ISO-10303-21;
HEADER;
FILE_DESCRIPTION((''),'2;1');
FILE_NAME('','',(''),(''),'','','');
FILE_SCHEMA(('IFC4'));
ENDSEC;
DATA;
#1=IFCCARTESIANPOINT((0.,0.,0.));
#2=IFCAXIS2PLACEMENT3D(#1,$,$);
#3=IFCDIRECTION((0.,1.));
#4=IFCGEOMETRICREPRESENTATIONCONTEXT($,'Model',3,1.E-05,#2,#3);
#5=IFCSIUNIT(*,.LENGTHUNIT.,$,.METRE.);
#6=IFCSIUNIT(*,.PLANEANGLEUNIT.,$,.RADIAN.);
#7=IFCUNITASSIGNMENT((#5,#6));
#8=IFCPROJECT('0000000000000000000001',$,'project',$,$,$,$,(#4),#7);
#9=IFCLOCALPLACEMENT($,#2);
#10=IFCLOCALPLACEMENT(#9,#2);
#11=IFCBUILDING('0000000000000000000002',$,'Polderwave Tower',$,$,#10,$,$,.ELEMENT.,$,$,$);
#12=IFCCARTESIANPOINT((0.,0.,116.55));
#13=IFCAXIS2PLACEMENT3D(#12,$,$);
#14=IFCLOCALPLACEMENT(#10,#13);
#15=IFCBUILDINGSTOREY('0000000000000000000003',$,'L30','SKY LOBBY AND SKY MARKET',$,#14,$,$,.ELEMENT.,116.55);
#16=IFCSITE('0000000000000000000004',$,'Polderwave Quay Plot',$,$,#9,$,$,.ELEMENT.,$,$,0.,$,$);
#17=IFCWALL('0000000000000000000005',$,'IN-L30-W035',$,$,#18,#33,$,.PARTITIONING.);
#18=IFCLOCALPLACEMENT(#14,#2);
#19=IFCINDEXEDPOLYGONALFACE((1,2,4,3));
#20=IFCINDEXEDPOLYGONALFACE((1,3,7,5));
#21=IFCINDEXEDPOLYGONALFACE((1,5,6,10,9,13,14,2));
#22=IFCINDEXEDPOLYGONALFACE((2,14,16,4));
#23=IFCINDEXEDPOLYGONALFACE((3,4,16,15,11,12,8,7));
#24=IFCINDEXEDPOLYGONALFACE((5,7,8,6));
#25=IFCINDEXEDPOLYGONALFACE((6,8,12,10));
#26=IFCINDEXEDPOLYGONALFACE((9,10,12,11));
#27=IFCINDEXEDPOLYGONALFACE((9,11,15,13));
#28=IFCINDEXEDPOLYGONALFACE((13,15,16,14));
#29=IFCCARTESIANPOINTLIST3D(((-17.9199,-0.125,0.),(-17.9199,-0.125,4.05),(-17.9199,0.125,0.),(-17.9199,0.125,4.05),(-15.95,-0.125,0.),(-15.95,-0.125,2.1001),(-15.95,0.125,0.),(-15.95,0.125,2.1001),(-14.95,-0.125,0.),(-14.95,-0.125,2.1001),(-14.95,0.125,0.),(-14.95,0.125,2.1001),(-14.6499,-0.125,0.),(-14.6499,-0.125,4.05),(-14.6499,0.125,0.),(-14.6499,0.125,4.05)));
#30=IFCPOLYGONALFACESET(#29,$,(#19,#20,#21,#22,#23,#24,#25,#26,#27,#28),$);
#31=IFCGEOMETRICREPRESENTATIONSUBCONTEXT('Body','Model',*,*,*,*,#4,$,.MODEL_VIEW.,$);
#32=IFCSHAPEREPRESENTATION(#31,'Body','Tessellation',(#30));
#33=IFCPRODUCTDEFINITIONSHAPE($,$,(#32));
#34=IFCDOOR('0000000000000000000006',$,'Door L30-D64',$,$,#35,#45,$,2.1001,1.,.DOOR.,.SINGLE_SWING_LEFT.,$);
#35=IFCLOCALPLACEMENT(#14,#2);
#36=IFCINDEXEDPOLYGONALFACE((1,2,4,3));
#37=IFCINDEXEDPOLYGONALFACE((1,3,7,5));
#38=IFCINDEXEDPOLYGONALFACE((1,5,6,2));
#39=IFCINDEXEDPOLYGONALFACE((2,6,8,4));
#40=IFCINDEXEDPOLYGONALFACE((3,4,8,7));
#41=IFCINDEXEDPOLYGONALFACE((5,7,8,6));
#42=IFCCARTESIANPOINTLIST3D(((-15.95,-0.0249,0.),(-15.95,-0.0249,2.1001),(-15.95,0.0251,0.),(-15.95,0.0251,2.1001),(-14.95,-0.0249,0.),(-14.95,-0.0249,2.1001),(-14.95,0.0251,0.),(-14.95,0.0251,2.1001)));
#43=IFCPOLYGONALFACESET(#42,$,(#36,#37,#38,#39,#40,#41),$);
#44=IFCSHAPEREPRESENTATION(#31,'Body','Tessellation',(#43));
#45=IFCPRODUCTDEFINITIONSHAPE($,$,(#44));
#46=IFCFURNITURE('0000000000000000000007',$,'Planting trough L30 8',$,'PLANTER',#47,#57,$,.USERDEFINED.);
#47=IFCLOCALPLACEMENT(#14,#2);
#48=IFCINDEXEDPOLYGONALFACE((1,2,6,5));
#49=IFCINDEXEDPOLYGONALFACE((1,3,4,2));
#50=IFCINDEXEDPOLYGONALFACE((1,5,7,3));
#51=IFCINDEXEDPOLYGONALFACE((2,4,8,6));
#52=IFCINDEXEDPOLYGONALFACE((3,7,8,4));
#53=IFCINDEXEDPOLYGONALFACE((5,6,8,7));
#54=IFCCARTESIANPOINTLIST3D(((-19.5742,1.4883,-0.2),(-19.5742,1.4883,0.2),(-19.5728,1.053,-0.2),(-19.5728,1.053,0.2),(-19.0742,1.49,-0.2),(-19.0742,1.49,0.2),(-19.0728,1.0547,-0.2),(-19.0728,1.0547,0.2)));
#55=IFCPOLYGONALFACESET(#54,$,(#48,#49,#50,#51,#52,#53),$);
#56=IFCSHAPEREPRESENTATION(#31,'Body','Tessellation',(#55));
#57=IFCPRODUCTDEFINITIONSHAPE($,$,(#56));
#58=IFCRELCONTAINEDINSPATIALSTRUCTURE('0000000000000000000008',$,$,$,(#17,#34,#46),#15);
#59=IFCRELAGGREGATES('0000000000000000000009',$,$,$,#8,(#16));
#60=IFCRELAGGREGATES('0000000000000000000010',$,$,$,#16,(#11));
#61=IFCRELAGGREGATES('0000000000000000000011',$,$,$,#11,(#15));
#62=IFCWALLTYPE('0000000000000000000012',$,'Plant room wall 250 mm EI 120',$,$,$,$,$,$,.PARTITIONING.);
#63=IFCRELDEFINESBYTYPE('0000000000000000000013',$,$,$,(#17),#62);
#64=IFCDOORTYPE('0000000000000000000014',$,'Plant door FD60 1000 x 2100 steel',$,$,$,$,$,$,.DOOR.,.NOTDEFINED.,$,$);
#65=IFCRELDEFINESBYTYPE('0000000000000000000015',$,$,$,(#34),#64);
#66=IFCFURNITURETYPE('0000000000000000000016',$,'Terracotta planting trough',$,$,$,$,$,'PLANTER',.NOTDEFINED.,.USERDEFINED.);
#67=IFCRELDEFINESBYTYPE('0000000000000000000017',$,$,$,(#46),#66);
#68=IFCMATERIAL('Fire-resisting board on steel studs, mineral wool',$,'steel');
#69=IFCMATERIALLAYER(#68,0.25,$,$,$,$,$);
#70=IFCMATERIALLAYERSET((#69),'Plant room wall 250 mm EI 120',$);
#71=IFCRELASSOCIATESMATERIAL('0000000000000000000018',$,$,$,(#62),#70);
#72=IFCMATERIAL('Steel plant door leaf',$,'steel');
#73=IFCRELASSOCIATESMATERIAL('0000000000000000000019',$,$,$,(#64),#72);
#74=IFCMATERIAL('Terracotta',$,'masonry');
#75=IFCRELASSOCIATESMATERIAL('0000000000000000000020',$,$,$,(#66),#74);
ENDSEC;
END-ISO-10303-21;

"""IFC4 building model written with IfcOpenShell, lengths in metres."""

from ifc_helpers import new_model, si_unit, direction, frame, frame_2d, origin, origin_2d, place, context, subcontext, project, spatial, rectangle, extrude, material, layer, layer_set, type_object, element, fill, save


model = new_model("IFC4")

# Units and contexts
model_context = context("Model", 3, precision=1e-05, world=origin(), true_north=direction((0.0, 1.0)))
body_context = subcontext(model_context, "Body", "Model", "MODEL_VIEW")
ifc_project = project(units=[si_unit("LENGTHUNIT", "METRE"), si_unit("PLANEANGLEUNIT", "RADIAN")], contexts=[model_context])

# Site, building, storey
site_placement = place(None, origin())
site = spatial("IfcSite", under=ifc_project, at=site_placement, Name="Polderwave Quay Plot", CompositionType="ELEMENT", RefElevation=0.0)
building_placement = place(site_placement, origin())
building = spatial("IfcBuilding", under=site, at=building_placement, Name="Polderwave Tower", CompositionType="ELEMENT")
storey_placement = place(building_placement, frame((0.0, 0.0, 116.55)))
storey = spatial("IfcBuildingStorey", under=building, at=storey_placement, Name="L30", Description="SKY LOBBY AND SKY MARKET", CompositionType="ELEMENT", Elevation=116.55)

# Wall, opening, door
ifc_material_1 = material(Name="Fire-resisting board on steel studs, mineral wool", Category="steel")
ifc_layer_1 = layer(ifc_material_1, 0.25)
ifc_layer_set_1 = layer_set([ifc_layer_1], Name="Plant room wall 250 mm EI 120")
wall_type_1 = type_object("IfcWallType", Name="Plant room wall 250 mm EI 120", PredefinedType="PARTITIONING", material=ifc_layer_set_1)
wall_1_placement = place(storey_placement, frame((-14.6499, 0.0, 0.0), z_axis=(0.0, 0.0, 1.0), x_axis=(-1.0, 0.0, 0.0)))
wall_1 = element("IfcWall", 1, at=wall_1_placement, inside=storey, type_object=wall_type_1, Name="IN-L30-W035", PredefinedType="PARTITIONING", context=body_context, shape_type="SweptSolid", body=[
    extrude(rectangle(XDim=3.27, YDim=0.25, at=frame_2d((1.635, 0.0))), origin(), (0.0, 0.0, 1.0), 4.05),
])
opening_1_placement = place(wall_1_placement, frame((0.3, 0.0, 0.0)))
opening_1 = element("IfcOpeningElement", 2, at=opening_1_placement, cuts=wall_1, PredefinedType="OPENING", context=body_context, shape_type="SweptSolid", body=[
    extrude(rectangle(XDim=1.0, YDim=2.1001, at=frame_2d((0.5, 1.05))), frame((0.0, 0.135, 0.0), z_axis=(0.0, -1.0, 0.0), x_axis=(1.0, 0.0, 0.0)), (0.0, 0.0, 1.0), 0.27),
])
ifc_material_2 = material(Name="Steel plant door leaf", Category="steel")
door_type_1 = type_object("IfcDoorType", Name="Plant door FD60 1000 x 2100 steel", OperationType="NOTDEFINED", PredefinedType="DOOR", material=ifc_material_2)
door_1_placement = place(opening_1_placement, origin())
door_1 = element("IfcDoor", 3, at=door_1_placement, inside=storey, type_object=door_type_1, Name="Door L30-D64", OperationType="SINGLE_SWING_LEFT", OverallHeight=2.1001, OverallWidth=1.0, PredefinedType="DOOR", context=body_context, shape_type="SweptSolid", body=[
    extrude(rectangle(XDim=1.0, YDim=2.1001, at=frame_2d((0.5, 1.05))), frame((0.0, 0.0249, 0.0), z_axis=(0.0, -1.0, 0.0), x_axis=(1.0, 0.0, 0.0)), (0.0, 0.0, 1.0), 0.05),
])
fill(opening_1, door_1)

# Furniture
ifc_material_3 = material(Name="Terracotta", Category="masonry")
furniture_type = type_object("IfcFurnitureType", Name="Terracotta planting trough", ElementType="PLANTER", AssemblyPlace="NOTDEFINED", PredefinedType="USERDEFINED", material=ifc_material_3)
furniture_placement = place(storey_placement, frame((-19.3235, 1.2715, -0.2), z_axis=(0.0, 0.0, 1.0), x_axis=(0.003328, -0.999994, 0.0)))
element("IfcFurniture", 4, at=furniture_placement, inside=storey, type_object=furniture_type, Name="Planting trough L30 8", ObjectType="PLANTER", PredefinedType="USERDEFINED", context=body_context, shape_type="SweptSolid", body=[
    extrude(rectangle(XDim=0.4353, YDim=0.5, at=origin_2d()), origin(), (0.0, 0.0, 1.0), 0.3999),
])

save(model, "model.ifc")
